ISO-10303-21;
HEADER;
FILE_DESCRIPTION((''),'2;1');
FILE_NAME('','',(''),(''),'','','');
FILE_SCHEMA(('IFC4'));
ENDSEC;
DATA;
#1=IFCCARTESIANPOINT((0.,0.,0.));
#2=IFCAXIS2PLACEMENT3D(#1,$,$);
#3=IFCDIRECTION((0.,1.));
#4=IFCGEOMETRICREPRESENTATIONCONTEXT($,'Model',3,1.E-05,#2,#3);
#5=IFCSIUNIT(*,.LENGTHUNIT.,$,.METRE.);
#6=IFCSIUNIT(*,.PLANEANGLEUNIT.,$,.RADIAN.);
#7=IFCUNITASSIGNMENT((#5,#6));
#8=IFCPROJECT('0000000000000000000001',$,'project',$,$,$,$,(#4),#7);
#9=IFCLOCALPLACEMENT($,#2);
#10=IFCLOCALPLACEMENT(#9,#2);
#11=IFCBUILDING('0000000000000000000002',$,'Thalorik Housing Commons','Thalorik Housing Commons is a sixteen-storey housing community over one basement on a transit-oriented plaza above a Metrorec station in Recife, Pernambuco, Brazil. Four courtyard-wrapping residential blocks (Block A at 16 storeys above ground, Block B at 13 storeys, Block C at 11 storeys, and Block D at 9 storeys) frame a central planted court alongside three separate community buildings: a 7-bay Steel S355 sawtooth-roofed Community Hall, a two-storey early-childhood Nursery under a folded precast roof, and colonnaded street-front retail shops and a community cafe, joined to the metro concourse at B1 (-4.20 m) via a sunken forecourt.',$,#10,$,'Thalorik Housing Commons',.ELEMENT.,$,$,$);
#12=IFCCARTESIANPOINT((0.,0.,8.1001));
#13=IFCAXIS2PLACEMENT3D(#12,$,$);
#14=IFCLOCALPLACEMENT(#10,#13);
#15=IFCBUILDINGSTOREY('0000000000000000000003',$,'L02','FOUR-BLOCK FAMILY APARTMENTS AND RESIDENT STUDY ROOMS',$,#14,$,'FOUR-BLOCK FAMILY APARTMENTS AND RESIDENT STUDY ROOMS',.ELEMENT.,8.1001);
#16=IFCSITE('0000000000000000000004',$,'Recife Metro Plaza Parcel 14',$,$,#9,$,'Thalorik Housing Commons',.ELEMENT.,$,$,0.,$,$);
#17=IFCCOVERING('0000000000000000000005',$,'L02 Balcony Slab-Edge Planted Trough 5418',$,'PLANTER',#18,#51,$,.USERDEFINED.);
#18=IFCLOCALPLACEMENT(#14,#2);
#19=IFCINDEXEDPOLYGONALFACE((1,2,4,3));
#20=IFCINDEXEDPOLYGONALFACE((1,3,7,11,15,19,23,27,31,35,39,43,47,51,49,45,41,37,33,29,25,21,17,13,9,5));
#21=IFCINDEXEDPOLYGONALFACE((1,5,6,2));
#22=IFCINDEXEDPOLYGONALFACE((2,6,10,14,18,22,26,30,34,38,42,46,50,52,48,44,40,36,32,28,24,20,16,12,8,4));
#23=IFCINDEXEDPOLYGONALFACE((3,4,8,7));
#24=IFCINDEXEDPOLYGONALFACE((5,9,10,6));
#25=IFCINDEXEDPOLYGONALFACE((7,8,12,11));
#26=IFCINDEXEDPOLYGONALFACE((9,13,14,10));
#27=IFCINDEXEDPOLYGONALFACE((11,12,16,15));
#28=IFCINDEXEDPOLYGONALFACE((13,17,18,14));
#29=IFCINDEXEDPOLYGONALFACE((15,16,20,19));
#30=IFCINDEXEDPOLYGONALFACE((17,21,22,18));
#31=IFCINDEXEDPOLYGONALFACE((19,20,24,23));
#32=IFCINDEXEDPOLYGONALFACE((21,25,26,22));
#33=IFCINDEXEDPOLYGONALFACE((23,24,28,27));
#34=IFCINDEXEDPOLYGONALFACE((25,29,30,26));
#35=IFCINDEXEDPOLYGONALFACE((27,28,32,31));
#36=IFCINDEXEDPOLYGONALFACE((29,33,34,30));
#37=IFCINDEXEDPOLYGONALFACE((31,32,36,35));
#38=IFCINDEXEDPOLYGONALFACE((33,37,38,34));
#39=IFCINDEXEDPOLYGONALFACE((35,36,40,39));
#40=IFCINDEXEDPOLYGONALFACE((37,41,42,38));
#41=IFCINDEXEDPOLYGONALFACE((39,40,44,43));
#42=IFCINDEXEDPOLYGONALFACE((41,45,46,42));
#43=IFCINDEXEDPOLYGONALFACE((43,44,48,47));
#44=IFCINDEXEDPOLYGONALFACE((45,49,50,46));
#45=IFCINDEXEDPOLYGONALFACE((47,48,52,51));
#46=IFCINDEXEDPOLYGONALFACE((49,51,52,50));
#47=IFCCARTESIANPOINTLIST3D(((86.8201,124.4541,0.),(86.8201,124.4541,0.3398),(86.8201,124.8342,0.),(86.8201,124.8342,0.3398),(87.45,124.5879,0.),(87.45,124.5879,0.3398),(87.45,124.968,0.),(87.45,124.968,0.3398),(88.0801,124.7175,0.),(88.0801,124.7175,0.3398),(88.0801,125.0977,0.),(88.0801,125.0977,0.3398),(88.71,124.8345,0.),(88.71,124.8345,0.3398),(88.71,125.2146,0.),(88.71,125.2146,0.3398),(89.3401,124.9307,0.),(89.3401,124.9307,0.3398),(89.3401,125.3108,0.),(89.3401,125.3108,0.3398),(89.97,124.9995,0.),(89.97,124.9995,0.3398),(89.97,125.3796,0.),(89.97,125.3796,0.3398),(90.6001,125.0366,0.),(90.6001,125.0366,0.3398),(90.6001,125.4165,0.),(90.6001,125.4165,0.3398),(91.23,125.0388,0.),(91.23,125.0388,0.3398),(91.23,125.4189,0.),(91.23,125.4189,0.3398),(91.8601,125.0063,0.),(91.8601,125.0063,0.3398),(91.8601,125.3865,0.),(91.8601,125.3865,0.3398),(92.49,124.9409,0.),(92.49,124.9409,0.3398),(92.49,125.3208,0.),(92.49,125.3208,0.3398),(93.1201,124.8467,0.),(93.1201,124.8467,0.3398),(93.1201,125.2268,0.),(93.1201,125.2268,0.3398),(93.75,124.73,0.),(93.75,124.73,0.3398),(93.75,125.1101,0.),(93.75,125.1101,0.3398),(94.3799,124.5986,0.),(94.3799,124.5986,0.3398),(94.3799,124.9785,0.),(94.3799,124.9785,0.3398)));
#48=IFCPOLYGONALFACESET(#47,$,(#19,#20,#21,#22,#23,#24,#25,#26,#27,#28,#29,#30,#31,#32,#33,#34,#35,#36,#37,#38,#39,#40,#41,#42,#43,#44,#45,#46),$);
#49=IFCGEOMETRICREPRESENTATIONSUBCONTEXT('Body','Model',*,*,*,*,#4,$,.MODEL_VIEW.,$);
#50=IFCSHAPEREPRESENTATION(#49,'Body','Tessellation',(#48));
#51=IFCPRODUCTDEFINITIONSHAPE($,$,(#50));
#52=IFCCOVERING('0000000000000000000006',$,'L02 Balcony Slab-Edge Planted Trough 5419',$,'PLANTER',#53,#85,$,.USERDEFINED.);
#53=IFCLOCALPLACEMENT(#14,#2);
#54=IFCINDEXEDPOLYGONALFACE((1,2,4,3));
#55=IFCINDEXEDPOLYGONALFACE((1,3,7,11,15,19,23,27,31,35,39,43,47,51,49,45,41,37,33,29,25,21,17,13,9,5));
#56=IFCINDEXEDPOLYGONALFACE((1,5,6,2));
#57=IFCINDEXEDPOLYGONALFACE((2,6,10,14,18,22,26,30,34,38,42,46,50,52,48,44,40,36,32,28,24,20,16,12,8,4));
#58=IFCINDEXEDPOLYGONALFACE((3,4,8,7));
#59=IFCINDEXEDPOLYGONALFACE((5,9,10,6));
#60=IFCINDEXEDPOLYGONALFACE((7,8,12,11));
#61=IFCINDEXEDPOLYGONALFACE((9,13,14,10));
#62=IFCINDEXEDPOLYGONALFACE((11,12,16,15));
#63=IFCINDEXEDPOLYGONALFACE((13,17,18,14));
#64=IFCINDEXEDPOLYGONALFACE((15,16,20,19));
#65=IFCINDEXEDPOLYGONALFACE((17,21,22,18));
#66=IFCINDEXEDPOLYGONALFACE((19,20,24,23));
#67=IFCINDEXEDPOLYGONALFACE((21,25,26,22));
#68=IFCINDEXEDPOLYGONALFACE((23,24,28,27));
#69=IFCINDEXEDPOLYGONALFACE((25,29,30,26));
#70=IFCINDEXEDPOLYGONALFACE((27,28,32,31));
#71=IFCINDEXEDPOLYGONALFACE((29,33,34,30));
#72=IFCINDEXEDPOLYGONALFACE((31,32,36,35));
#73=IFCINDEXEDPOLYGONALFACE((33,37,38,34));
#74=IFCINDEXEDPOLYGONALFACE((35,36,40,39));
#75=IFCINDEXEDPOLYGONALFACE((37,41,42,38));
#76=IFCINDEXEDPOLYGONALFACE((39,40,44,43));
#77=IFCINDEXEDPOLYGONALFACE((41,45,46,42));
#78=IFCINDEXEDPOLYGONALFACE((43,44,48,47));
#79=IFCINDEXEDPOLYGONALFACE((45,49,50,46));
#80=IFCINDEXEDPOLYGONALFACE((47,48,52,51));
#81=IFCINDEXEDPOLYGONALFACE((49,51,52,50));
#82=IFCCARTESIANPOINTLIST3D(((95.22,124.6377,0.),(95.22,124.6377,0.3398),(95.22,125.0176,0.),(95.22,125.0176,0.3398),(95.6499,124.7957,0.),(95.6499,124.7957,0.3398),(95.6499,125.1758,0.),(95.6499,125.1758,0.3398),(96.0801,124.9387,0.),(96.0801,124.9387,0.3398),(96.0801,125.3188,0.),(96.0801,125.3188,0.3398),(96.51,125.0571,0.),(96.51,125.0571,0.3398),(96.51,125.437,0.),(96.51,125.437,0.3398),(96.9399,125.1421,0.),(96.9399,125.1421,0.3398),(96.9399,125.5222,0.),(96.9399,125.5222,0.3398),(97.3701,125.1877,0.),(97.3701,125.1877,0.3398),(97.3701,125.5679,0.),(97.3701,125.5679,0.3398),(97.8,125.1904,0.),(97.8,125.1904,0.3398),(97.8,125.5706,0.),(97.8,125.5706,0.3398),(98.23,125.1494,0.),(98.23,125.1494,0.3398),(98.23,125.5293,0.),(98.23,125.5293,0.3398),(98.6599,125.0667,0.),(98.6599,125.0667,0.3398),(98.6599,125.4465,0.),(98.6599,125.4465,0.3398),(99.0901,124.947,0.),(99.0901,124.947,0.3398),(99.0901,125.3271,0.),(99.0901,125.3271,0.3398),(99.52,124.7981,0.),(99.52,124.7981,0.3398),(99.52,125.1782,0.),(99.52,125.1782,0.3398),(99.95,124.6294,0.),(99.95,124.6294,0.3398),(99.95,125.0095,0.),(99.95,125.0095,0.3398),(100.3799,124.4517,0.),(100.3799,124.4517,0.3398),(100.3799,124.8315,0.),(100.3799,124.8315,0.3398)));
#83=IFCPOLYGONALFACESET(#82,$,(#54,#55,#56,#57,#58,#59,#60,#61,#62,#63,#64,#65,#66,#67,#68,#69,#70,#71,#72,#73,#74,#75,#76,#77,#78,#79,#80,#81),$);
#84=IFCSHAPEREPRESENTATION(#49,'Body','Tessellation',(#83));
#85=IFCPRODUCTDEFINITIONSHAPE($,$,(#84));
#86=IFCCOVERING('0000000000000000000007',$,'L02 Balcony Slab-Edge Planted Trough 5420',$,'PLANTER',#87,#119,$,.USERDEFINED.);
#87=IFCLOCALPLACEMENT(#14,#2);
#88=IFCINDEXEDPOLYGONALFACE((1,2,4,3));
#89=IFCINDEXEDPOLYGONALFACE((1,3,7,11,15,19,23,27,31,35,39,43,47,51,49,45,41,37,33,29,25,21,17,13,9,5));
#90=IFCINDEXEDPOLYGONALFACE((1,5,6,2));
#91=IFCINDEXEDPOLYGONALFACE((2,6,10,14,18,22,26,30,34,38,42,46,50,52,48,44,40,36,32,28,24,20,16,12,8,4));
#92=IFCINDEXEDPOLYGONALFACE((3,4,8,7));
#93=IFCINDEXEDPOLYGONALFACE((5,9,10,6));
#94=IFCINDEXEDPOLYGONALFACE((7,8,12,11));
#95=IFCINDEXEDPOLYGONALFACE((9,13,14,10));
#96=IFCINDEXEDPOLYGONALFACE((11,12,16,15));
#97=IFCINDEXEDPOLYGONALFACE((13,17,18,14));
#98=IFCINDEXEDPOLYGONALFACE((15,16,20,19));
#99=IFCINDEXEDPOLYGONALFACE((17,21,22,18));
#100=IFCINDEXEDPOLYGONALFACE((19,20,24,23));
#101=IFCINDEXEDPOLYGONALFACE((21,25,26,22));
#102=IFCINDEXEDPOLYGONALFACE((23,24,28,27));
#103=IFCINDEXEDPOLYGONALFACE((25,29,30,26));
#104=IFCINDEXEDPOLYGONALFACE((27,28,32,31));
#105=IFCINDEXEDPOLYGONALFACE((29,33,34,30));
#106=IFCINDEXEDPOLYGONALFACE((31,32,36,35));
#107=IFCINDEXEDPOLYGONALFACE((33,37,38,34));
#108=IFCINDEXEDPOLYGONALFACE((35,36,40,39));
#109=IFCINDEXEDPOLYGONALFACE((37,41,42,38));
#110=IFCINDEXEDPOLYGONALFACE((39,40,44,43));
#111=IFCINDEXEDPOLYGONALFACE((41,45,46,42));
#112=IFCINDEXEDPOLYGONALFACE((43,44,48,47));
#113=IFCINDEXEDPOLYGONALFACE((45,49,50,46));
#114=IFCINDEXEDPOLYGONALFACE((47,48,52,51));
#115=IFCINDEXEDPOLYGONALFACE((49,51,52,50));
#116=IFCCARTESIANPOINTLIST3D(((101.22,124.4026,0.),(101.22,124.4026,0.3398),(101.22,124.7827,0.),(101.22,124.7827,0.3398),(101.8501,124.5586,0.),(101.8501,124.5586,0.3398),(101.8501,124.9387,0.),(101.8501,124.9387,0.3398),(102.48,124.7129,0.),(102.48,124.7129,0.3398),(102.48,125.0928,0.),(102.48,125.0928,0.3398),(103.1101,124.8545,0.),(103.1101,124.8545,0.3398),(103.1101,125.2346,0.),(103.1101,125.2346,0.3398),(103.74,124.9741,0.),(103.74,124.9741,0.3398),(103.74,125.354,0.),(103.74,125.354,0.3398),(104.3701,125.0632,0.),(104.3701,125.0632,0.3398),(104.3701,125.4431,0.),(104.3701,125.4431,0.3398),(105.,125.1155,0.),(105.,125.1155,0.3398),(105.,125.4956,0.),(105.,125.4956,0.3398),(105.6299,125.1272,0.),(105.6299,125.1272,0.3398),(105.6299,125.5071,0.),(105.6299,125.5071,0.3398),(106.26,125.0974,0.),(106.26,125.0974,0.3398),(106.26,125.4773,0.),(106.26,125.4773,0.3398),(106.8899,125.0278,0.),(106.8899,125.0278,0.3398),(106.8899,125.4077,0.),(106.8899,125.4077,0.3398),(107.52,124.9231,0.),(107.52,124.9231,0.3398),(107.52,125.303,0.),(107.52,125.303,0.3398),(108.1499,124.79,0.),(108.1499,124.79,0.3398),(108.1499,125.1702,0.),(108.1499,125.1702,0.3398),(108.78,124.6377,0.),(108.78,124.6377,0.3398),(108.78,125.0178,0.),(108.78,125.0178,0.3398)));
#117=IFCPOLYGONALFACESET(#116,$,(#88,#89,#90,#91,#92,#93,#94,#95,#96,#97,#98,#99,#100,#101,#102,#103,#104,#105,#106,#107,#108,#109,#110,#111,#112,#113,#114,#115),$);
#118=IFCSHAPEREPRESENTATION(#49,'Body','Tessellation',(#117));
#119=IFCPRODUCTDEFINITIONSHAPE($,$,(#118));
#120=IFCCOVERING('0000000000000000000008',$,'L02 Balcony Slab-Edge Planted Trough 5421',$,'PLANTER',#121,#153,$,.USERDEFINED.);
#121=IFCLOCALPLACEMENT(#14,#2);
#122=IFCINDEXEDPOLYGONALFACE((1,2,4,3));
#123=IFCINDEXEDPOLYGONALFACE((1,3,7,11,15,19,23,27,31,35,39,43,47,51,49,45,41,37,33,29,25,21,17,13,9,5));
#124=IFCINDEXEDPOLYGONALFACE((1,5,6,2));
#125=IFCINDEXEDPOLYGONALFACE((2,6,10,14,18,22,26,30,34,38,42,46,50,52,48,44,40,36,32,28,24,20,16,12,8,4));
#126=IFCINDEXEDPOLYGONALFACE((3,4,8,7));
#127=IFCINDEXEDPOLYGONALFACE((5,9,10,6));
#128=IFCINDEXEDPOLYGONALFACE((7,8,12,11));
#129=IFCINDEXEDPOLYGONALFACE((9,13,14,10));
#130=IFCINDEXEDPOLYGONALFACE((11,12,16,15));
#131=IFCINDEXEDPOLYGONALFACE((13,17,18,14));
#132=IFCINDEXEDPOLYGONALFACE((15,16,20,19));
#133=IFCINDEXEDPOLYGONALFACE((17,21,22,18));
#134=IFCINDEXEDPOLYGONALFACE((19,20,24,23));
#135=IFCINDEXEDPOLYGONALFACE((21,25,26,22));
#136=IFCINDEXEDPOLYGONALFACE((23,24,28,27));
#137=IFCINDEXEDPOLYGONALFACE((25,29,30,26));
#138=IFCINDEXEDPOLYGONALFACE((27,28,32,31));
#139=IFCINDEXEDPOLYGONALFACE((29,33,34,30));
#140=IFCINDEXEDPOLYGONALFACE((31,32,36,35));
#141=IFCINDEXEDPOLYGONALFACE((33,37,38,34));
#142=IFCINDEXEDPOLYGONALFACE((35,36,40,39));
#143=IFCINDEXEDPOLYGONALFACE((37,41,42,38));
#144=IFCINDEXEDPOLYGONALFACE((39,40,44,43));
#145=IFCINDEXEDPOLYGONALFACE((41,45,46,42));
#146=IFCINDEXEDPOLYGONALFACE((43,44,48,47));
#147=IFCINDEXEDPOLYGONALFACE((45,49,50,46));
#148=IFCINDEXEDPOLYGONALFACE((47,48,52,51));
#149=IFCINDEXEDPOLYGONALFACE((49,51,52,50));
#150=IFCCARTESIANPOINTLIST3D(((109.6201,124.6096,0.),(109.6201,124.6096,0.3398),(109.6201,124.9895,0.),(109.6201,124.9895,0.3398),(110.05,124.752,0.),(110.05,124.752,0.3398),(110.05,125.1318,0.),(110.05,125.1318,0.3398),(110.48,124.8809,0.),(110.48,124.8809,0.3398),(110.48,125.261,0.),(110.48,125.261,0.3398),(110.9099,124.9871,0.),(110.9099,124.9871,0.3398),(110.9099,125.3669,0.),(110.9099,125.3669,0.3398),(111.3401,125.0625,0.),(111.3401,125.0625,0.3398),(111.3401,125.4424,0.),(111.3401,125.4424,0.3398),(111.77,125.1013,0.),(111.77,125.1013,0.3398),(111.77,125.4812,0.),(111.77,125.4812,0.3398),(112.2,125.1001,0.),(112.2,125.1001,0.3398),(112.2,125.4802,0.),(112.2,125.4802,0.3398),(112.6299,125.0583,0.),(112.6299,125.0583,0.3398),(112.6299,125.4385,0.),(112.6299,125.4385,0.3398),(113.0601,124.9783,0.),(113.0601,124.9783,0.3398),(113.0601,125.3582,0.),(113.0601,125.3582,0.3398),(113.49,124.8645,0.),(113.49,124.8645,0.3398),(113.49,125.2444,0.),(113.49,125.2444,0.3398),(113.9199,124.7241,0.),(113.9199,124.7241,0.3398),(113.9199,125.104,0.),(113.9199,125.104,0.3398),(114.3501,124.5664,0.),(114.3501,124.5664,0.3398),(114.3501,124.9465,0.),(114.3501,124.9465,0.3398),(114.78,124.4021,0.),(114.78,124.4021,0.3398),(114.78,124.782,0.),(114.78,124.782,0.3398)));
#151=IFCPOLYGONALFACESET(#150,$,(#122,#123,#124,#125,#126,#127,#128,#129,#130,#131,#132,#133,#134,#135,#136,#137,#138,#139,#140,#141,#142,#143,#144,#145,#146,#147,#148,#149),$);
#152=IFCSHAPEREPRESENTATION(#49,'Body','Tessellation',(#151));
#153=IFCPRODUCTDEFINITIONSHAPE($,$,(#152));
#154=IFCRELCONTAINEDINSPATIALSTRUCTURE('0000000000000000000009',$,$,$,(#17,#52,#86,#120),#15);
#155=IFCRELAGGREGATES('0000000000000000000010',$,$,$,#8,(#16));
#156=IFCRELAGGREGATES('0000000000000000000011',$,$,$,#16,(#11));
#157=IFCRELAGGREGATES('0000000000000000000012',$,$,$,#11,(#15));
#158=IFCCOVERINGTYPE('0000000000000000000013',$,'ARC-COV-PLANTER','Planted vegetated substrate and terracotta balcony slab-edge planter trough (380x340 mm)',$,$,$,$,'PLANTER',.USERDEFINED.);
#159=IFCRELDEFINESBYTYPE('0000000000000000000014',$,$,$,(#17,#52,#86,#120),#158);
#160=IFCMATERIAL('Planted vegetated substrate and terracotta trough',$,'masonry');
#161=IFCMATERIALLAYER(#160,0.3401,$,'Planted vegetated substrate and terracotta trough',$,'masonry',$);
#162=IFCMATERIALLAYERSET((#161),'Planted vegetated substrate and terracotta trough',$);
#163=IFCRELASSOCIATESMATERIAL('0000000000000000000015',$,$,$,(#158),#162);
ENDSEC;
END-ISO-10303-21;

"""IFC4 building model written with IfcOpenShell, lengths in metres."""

from ifc_helpers import new_model, si_unit, direction, frame, origin, place, context, subcontext, project, spatial, polyline, outline, extrude, material, layer, layer_set, type_object, element, save


model = new_model("IFC4")

# Units and contexts
model_context = context("Model", 3, precision=1e-05, world=origin(), true_north=direction((0.0, 1.0)))
body_context = subcontext(model_context, "Body", "Model", "MODEL_VIEW")
ifc_project = project(units=[si_unit("LENGTHUNIT", "METRE"), si_unit("PLANEANGLEUNIT", "RADIAN")], contexts=[model_context])

# Site, building, storey
site_placement = place(None, origin())
site = spatial("IfcSite", under=ifc_project, at=site_placement, Name="Recife Metro Plaza Parcel 14", LongName="Thalorik Housing Commons", CompositionType="ELEMENT", RefElevation=0.0)
building_placement = place(site_placement, origin())
building = spatial("IfcBuilding", under=site, at=building_placement, Name="Thalorik Housing Commons", Description="Thalorik Housing Commons is a sixteen-storey housing community over one basement on a transit-oriented plaza above a Metrorec station in Recife, Pernambuco, Brazil. Four courtyard-wrapping residential blocks (Block A at 16 storeys above ground, Block B at 13 storeys, Block C at 11 storeys, and Block D at 9 storeys) frame a central planted court alongside three separate community buildings: a 7-bay Steel S355 sawtooth-roofed Community Hall, a two-storey early-childhood Nursery under a folded precast roof, and colonnaded street-front retail shops and a community cafe, joined to the metro concourse at B1 (-4.20 m) via a sunken forecourt.", LongName="Thalorik Housing Commons", CompositionType="ELEMENT")
storey_placement = place(building_placement, frame((0.0, 0.0, 8.1001)))
storey = spatial("IfcBuildingStorey", under=building, at=storey_placement, Name="L02", Description="FOUR-BLOCK FAMILY APARTMENTS AND RESIDENT STUDY ROOMS", LongName="FOUR-BLOCK FAMILY APARTMENTS AND RESIDENT STUDY ROOMS", CompositionType="ELEMENT", Elevation=8.1001)

# Coverings
ifc_material_1 = material(Name="Planted vegetated substrate and terracotta trough", Category="masonry")
ifc_layer_1 = layer(ifc_material_1, 0.3401, Name="Planted vegetated substrate and terracotta trough", Category="masonry")
ifc_layer_set_1 = layer_set([ifc_layer_1], Name="Planted vegetated substrate and terracotta trough")
covering_type_1 = type_object("IfcCoveringType", Name="ARC-COV-PLANTER", Description="Planted vegetated substrate and terracotta balcony slab-edge planter trough (380x340 mm)", ElementType="PLANTER", PredefinedType="USERDEFINED", material=ifc_layer_set_1)
covering_1_placement = place(storey_placement, origin())
element("IfcCovering", 1, at=covering_1_placement, inside=storey, type_object=covering_type_1, Name="L02 Balcony Slab-Edge Planted Trough 5418", ObjectType="PLANTER", PredefinedType="USERDEFINED", context=body_context, shape_type="SweptSolid", body=[
    extrude(outline(polyline([(94.3799, 124.9785), (93.75, 125.1101), (93.1201, 125.2268), (92.49, 125.3208), (91.8601, 125.3865), (91.23, 125.4189), (90.6001, 125.4165), (89.97, 125.3796), (89.3401, 125.3108), (88.71, 125.2146), (88.0801, 125.0977), (87.45, 124.968), (86.8201, 124.8342), (86.8201, 124.4541), (87.45, 124.5879), (88.0801, 124.7175), (88.71, 124.8345), (89.3401, 124.9307), (89.97, 124.9995), (90.6001, 125.0366), (91.23, 125.0388), (91.8601, 125.0063), (92.49, 124.9409), (93.1201, 124.8467), (93.75, 124.73), (94.3799, 124.5986), (94.3799, 124.9785)])), origin(), (0.0, 0.0, 1.0), 0.3398),
])
covering_2_placement = place(storey_placement, origin())
element("IfcCovering", 2, at=covering_2_placement, inside=storey, type_object=covering_type_1, Name="L02 Balcony Slab-Edge Planted Trough 5419", ObjectType="PLANTER", PredefinedType="USERDEFINED", context=body_context, shape_type="SweptSolid", body=[
    extrude(outline(polyline([(100.3799, 124.8315), (99.95, 125.0095), (99.52, 125.1782), (99.0901, 125.3271), (98.6599, 125.4465), (98.23, 125.5293), (97.8, 125.5706), (97.3701, 125.5679), (96.9399, 125.5222), (96.51, 125.437), (96.0801, 125.3188), (95.6499, 125.1758), (95.22, 125.0176), (95.22, 124.6377), (95.6499, 124.7957), (96.0801, 124.9387), (96.51, 125.0571), (96.9399, 125.1421), (97.3701, 125.1877), (97.8, 125.1904), (98.23, 125.1494), (98.6599, 125.0667), (99.0901, 124.947), (99.52, 124.7981), (99.95, 124.6294), (100.3799, 124.4517), (100.3799, 124.8315)])), origin(), (0.0, 0.0, 1.0), 0.3398),
])
covering_3_placement = place(storey_placement, origin())
element("IfcCovering", 3, at=covering_3_placement, inside=storey, type_object=covering_type_1, Name="L02 Balcony Slab-Edge Planted Trough 5420", ObjectType="PLANTER", PredefinedType="USERDEFINED", context=body_context, shape_type="SweptSolid", body=[
    extrude(outline(polyline([(108.78, 125.0178), (108.1499, 125.1702), (107.52, 125.303), (106.8899, 125.4077), (106.26, 125.4773), (105.6299, 125.5071), (105.0, 125.4956), (104.3701, 125.4431), (103.74, 125.354), (103.1101, 125.2346), (102.48, 125.0928), (101.8501, 124.9387), (101.22, 124.7827), (101.22, 124.4026), (101.8501, 124.5586), (102.48, 124.7129), (103.1101, 124.8545), (103.74, 124.9741), (104.3701, 125.0632), (105.0, 125.1155), (105.6299, 125.1272), (106.26, 125.0974), (106.8899, 125.0278), (107.52, 124.9231), (108.1499, 124.79), (108.78, 124.6377), (108.78, 125.0178)])), origin(), (0.0, 0.0, 1.0), 0.3398),
])
covering_4_placement = place(storey_placement, origin())
element("IfcCovering", 4, at=covering_4_placement, inside=storey, type_object=covering_type_1, Name="L02 Balcony Slab-Edge Planted Trough 5421", ObjectType="PLANTER", PredefinedType="USERDEFINED", context=body_context, shape_type="SweptSolid", body=[
    extrude(outline(polyline([(114.78, 124.782), (114.3501, 124.9465), (113.9199, 125.104), (113.49, 125.2444), (113.0601, 125.3582), (112.6299, 125.4385), (112.2, 125.4802), (111.77, 125.4812), (111.3401, 125.4424), (110.9099, 125.3669), (110.48, 125.261), (110.05, 125.1318), (109.6201, 124.9895), (109.6201, 124.6096), (110.05, 124.752), (110.48, 124.8809), (110.9099, 124.9871), (111.3401, 125.0625), (111.77, 125.1013), (112.2, 125.1001), (112.6299, 125.0583), (113.0601, 124.9783), (113.49, 124.8645), (113.9199, 124.7241), (114.3501, 124.5664), (114.78, 124.4021), (114.78, 124.782)])), origin(), (0.0, 0.0, 1.0), 0.3398),
])

save(model, "model.ifc")
